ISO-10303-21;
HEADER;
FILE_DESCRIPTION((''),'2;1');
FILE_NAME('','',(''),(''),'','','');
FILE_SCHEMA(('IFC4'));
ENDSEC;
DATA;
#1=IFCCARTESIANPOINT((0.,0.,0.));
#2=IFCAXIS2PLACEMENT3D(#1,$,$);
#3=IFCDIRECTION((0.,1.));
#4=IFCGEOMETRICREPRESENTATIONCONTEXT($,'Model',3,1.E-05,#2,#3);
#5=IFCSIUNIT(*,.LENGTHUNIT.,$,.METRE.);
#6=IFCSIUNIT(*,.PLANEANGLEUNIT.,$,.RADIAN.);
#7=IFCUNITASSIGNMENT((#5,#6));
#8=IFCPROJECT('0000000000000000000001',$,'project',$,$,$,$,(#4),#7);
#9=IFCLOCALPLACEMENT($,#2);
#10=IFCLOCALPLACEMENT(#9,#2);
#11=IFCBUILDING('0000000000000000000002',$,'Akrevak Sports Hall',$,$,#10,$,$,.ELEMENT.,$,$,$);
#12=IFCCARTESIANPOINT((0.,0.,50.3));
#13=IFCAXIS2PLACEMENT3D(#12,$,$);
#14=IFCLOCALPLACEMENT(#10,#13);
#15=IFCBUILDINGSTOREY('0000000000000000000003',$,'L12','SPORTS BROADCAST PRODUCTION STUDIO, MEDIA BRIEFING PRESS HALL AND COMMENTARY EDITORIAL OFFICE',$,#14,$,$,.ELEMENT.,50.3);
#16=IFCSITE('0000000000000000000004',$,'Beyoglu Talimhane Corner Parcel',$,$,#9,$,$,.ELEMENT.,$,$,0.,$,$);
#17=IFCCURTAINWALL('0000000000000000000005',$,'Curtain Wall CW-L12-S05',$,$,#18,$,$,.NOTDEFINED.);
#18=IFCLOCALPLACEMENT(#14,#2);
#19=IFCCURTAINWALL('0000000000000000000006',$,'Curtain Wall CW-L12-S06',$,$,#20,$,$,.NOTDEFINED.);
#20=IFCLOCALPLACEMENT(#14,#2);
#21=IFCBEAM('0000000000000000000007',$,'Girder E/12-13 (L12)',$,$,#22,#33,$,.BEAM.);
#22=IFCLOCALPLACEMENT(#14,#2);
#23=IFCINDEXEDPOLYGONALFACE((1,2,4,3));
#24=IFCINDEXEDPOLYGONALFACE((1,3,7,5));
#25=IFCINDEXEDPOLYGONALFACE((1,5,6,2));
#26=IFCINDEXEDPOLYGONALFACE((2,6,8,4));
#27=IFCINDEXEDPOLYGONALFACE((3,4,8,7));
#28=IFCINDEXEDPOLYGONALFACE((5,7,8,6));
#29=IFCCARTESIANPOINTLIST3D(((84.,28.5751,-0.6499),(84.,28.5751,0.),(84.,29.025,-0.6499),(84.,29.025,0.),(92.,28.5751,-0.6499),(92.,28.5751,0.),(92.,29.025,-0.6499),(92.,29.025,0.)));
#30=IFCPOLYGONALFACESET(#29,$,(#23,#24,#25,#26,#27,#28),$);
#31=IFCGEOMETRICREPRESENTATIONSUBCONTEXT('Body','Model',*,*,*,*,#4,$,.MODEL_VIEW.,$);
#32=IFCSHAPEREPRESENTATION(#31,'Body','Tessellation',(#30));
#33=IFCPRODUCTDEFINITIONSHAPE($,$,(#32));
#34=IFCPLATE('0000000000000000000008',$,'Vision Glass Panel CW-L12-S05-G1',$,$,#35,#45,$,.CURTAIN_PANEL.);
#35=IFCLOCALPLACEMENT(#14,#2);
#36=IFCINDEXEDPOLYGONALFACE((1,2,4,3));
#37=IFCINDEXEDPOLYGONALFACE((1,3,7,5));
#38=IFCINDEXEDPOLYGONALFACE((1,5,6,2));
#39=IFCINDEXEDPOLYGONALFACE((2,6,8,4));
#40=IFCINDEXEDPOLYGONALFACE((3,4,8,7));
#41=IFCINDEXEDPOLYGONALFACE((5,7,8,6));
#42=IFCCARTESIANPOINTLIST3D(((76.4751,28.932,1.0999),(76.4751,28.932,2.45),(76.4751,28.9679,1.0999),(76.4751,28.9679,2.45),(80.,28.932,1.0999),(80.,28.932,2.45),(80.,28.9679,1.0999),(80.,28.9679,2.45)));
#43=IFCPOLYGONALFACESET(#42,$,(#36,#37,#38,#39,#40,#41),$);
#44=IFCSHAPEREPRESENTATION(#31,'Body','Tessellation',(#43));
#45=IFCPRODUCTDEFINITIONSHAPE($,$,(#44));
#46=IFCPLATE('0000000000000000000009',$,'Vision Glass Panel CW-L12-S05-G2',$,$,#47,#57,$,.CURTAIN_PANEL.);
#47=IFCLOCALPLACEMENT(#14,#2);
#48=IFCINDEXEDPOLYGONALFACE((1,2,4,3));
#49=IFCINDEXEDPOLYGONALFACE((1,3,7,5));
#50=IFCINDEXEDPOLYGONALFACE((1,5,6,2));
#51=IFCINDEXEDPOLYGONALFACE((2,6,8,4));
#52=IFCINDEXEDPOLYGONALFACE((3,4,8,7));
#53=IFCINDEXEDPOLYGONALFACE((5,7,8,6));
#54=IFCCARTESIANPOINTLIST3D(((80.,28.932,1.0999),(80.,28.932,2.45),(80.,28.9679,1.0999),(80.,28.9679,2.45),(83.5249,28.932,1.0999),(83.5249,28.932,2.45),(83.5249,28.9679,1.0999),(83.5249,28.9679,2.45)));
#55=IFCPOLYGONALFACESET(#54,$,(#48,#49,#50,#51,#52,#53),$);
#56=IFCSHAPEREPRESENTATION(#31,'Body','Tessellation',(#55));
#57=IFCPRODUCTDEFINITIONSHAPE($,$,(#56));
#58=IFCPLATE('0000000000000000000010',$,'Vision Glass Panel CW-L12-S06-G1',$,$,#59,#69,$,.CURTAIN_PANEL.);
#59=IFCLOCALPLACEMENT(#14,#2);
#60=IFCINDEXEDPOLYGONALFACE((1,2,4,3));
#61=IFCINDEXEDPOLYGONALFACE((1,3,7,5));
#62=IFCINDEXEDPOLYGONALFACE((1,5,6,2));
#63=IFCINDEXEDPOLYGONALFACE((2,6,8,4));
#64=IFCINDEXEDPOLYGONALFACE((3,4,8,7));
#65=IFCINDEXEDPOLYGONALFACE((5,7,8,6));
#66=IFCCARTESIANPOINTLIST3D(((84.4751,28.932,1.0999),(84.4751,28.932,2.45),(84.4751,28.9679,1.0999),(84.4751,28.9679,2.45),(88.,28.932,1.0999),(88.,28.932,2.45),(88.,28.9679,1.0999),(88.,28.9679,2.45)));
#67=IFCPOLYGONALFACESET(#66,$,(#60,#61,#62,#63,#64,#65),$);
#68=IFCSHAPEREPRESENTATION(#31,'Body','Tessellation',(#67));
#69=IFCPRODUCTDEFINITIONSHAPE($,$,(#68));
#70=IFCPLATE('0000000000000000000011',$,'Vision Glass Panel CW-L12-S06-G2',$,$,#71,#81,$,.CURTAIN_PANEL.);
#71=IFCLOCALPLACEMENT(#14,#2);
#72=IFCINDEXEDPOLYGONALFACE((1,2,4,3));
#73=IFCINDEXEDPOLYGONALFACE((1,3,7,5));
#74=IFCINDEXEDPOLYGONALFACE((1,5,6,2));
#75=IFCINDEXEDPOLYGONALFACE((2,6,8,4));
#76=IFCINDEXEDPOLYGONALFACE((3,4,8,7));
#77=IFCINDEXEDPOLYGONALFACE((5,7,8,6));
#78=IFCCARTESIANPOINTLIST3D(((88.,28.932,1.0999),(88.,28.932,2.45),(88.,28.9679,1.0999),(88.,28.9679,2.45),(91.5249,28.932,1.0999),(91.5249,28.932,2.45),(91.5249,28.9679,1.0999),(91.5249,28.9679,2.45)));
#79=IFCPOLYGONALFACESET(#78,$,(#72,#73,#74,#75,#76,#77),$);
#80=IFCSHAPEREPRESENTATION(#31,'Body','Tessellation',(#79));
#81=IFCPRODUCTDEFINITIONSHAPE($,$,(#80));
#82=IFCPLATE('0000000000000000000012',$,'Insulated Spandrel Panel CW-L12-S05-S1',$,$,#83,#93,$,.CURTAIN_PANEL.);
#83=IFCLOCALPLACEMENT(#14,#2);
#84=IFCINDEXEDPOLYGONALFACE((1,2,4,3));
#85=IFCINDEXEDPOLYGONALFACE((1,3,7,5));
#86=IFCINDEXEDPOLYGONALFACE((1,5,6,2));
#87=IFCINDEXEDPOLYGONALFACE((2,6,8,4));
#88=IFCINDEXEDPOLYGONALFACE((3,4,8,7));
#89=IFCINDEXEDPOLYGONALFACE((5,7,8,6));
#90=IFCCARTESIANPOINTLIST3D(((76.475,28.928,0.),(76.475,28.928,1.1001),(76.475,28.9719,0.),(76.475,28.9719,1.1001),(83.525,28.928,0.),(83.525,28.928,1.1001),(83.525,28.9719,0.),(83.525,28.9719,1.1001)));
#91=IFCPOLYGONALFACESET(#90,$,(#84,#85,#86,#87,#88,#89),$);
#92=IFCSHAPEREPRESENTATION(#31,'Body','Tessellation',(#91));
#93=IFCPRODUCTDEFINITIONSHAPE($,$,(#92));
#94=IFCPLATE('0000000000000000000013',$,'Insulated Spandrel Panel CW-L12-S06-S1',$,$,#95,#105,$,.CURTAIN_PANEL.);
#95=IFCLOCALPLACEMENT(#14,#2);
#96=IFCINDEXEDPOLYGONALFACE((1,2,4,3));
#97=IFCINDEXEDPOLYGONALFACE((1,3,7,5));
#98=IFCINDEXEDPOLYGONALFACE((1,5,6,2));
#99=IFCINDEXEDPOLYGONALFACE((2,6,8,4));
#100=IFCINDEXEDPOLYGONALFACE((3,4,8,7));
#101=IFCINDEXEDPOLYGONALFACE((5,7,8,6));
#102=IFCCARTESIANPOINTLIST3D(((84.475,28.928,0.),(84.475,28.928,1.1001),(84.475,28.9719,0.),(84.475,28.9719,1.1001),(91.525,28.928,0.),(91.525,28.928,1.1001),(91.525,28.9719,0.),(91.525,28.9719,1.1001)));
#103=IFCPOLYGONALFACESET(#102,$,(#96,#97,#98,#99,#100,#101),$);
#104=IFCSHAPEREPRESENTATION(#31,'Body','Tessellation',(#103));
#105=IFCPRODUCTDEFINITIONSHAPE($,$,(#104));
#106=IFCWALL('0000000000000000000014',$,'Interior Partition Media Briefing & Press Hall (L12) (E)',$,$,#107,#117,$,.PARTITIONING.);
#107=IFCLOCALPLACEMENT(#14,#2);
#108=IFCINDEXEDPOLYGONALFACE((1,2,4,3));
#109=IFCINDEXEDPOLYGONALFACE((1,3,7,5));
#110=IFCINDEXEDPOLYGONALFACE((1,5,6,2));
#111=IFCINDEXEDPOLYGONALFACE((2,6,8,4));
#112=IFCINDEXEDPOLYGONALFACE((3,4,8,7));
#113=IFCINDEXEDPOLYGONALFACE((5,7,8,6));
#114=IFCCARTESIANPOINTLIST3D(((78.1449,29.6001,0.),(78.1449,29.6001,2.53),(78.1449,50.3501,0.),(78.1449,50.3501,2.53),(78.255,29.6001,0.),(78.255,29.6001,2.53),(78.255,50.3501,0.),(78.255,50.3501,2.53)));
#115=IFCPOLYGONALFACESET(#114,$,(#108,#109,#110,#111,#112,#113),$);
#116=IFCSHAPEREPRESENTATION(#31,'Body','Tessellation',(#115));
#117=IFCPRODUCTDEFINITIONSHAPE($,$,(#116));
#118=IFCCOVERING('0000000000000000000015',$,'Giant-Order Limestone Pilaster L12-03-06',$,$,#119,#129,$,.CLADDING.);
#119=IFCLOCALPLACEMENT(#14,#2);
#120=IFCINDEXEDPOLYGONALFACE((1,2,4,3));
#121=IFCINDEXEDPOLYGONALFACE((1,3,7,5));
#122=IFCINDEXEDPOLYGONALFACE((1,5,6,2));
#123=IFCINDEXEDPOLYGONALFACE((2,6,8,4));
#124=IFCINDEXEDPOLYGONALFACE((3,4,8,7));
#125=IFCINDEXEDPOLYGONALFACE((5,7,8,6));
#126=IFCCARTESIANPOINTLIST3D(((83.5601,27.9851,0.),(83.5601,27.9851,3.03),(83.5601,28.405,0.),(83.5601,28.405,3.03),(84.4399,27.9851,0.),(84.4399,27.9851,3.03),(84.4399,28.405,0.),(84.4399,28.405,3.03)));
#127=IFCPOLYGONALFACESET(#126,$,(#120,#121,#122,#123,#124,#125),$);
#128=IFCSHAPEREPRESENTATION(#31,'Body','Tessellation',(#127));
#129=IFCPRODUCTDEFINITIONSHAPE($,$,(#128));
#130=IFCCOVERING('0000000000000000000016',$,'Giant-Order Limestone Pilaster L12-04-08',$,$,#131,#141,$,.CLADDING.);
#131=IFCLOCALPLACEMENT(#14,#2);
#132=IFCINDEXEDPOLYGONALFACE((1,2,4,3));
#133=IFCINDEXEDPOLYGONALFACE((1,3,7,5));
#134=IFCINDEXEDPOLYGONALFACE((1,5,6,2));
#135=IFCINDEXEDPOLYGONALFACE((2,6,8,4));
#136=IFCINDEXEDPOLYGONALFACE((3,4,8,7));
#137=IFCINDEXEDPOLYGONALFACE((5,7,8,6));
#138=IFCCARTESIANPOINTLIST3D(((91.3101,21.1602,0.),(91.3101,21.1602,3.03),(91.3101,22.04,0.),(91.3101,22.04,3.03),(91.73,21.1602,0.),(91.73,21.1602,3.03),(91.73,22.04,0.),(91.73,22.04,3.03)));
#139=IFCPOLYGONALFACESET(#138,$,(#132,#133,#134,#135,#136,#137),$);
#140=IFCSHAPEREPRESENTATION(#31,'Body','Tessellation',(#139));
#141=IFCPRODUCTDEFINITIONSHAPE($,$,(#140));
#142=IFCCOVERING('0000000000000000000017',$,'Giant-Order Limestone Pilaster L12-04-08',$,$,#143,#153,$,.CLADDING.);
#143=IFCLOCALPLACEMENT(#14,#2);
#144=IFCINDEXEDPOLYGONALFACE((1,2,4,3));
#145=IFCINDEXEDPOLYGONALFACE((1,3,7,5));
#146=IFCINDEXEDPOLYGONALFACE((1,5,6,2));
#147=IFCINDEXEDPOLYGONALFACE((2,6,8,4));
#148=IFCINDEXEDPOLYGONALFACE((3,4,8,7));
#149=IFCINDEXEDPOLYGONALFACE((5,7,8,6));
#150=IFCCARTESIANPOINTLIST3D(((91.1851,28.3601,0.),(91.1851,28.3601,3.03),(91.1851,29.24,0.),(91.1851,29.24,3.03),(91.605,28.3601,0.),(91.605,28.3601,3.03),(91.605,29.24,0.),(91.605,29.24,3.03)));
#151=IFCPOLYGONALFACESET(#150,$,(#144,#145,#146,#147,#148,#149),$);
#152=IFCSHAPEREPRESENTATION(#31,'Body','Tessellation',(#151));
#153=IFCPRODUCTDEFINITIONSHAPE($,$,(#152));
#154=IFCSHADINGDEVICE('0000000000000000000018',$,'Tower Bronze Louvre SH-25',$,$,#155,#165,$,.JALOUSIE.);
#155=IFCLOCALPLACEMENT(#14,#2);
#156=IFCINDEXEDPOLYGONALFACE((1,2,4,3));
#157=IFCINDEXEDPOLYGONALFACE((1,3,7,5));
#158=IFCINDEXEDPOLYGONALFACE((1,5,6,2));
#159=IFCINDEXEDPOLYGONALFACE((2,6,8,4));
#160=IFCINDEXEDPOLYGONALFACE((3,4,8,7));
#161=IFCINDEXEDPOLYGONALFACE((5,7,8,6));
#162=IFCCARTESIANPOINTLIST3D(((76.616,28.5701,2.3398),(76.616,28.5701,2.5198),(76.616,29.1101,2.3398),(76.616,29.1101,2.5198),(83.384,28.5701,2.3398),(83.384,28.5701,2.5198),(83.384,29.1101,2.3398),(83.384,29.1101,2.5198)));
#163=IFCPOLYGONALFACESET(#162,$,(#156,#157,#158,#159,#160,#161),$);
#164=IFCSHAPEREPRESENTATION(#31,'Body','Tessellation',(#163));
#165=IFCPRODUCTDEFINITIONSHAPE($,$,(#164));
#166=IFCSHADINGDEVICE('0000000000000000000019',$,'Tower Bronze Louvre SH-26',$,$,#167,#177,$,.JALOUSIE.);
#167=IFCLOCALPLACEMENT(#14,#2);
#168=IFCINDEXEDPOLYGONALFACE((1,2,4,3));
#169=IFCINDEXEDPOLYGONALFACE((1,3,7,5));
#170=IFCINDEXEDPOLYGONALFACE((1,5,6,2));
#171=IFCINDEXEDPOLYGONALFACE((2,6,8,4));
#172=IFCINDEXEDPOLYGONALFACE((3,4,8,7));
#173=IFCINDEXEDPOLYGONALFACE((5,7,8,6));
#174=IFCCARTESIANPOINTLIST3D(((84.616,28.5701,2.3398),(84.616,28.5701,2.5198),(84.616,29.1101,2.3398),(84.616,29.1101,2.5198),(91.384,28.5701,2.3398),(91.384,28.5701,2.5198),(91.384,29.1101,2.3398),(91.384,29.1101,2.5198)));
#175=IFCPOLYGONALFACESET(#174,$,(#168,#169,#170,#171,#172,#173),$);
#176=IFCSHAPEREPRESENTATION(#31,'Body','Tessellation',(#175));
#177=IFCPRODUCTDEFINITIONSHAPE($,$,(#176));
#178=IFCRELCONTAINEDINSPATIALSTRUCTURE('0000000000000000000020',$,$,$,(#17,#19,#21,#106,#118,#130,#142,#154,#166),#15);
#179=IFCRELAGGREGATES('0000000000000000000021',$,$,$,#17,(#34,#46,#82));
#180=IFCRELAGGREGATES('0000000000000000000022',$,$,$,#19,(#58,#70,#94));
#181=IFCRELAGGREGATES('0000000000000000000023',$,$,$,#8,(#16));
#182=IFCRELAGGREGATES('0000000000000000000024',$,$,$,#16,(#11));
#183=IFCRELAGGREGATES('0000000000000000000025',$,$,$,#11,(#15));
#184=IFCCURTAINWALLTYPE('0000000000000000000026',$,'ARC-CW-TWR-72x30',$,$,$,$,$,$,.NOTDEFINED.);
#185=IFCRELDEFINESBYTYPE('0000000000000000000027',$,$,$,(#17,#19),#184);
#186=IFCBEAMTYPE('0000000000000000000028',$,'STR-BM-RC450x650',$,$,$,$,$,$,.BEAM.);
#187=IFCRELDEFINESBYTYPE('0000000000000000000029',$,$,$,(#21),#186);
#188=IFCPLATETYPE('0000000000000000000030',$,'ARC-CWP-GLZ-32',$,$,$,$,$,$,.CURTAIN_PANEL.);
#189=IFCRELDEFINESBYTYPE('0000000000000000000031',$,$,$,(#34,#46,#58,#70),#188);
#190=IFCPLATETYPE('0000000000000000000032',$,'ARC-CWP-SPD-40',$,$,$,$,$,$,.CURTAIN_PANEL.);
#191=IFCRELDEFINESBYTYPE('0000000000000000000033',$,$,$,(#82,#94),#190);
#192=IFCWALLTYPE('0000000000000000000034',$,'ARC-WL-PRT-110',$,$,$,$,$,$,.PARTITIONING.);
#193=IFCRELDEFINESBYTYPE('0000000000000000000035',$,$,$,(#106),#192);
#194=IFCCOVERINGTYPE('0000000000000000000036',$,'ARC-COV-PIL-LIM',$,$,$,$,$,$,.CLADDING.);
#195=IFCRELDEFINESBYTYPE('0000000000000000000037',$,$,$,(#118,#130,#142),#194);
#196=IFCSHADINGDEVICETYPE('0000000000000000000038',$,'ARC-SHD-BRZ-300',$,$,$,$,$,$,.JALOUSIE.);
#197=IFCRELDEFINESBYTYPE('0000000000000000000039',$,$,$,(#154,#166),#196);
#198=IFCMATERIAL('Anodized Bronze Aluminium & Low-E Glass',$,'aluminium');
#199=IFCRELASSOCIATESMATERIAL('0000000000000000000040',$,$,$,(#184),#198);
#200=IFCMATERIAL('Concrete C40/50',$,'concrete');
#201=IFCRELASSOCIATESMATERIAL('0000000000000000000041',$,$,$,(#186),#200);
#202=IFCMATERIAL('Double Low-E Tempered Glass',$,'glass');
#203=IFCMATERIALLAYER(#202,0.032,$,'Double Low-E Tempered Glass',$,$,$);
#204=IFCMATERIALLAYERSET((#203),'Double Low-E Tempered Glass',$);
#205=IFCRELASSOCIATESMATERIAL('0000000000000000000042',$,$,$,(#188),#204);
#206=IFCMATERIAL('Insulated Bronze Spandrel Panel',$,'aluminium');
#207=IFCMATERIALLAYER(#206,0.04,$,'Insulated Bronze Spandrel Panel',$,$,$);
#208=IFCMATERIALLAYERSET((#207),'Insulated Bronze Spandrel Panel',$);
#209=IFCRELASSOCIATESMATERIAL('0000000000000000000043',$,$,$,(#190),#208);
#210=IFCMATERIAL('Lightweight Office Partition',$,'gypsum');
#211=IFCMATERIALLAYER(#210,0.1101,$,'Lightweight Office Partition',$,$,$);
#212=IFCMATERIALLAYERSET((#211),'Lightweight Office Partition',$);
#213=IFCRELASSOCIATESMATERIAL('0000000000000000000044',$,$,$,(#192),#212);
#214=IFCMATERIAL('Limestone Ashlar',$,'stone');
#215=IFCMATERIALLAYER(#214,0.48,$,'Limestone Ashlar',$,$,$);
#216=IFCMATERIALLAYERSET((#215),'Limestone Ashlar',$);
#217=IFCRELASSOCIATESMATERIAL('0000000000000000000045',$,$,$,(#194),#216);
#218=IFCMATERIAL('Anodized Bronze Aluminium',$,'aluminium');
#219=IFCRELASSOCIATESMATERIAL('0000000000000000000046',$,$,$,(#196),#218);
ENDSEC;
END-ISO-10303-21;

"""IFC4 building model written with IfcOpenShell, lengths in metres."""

from ifc_helpers import new_model, si_unit, direction, frame, frame_2d, origin, origin_2d, place, context, subcontext, project, spatial, rectangle, extrude, material, layer, layer_set, material_profile, profile_set, type_object, element, aggregate, save


model = new_model("IFC4")

# Units and contexts
model_context = context("Model", 3, precision=1e-05, world=origin(), true_north=direction((0.0, 1.0)))
body_context = subcontext(model_context, "Body", "Model", "MODEL_VIEW")
ifc_project = project(units=[si_unit("LENGTHUNIT", "METRE"), si_unit("PLANEANGLEUNIT", "RADIAN")], contexts=[model_context])

# Site, building, storey
site_placement = place(None, origin())
site = spatial("IfcSite", under=ifc_project, at=site_placement, Name="Beyoglu Talimhane Corner Parcel", CompositionType="ELEMENT", RefElevation=0.0)
building_placement = place(site_placement, origin())
building = spatial("IfcBuilding", under=site, at=building_placement, Name="Akrevak Sports Hall", CompositionType="ELEMENT")
storey_placement = place(building_placement, frame((0.0, 0.0, 50.3)))
storey = spatial("IfcBuildingStorey", under=building, at=storey_placement, Name="L12", Description="SPORTS BROADCAST PRODUCTION STUDIO, MEDIA BRIEFING PRESS HALL AND COMMENTARY EDITORIAL OFFICE", CompositionType="ELEMENT", Elevation=50.3)

# Curtain walls
ifc_material_1 = material(Name="Anodized Bronze Aluminium & Low-E Glass", Category="aluminium")
curtain_wall_type = type_object("IfcCurtainWallType", Name="ARC-CW-TWR-72x30", PredefinedType="NOTDEFINED", material=ifc_material_1)
curtain_wall_1_placement = place(storey_placement, origin())
curtain_wall_1 = element("IfcCurtainWall", 1, at=curtain_wall_1_placement, inside=storey, type_object=curtain_wall_type, Name="Curtain Wall CW-L12-S05", PredefinedType="NOTDEFINED")
ifc_material_2 = material(Name="Anodized Bronze Aluminium", Category="aluminium")
curtain_wall_2_placement = place(storey_placement, origin())
curtain_wall_2 = element("IfcCurtainWall", 2, at=curtain_wall_2_placement, inside=storey, type_object=curtain_wall_type, Name="Curtain Wall CW-L12-S06", PredefinedType="NOTDEFINED")

# Beam
ifc_material_3 = material(Name="Concrete C40/50", Category="concrete")
ifc_material_profile_1 = material_profile(ifc_material_3, rectangle(XDim=0.45, YDim=0.6499, at=origin_2d()), Name="BM 450x650", Category="concrete")
ifc_profile_set_1 = profile_set([ifc_material_profile_1], Name="Concrete C40/50")
beam_type = type_object("IfcBeamType", Name="STR-BM-RC450x650", PredefinedType="BEAM", material=ifc_profile_set_1)
beam_placement = place(storey_placement, frame((84.0, 28.8, -0.325), z_axis=(1.0, 0.0, 0.0), x_axis=(0.0, 1.0, 0.0)))
element("IfcBeam", 3, at=beam_placement, inside=storey, type_object=beam_type, Name="Girder E/12-13 (L12)", PredefinedType="BEAM", context=body_context, shape_type="SweptSolid", body=[
    extrude(rectangle(XDim=0.45, YDim=0.6499, at=origin_2d()), origin(), (0.0, 0.0, 1.0), 8.0),
])

# Plates
ifc_material_4 = material(Name="Double Low-E Tempered Glass", Category="glass")
ifc_layer_1 = layer(ifc_material_4, 0.032, Name="Double Low-E Tempered Glass")
ifc_layer_set_1 = layer_set([ifc_layer_1], Name="Double Low-E Tempered Glass")
plate_type_1 = type_object("IfcPlateType", Name="ARC-CWP-GLZ-32", PredefinedType="CURTAIN_PANEL", material=ifc_layer_set_1)
plate_1_placement = place(storey_placement, frame((78.2375, 28.95, 1.0999), z_axis=(0.0, 0.0, 1.0), x_axis=(1.0, 0.0, 0.0)))
plate_1 = element("IfcPlate", 4, at=plate_1_placement, type_object=plate_type_1, Name="Vision Glass Panel CW-L12-S05-G1", PredefinedType="CURTAIN_PANEL", context=body_context, shape_type="SweptSolid", body=[
    extrude(rectangle(XDim=3.5249, YDim=0.0359, at=origin_2d()), origin(), (0.0, 0.0, 1.0), 1.3501),
])
plate_2_placement = place(storey_placement, frame((81.7625, 28.95, 1.0999), z_axis=(0.0, 0.0, 1.0), x_axis=(1.0, 0.0, 0.0)))
plate_2 = element("IfcPlate", 5, at=plate_2_placement, type_object=plate_type_1, Name="Vision Glass Panel CW-L12-S05-G2", PredefinedType="CURTAIN_PANEL", context=body_context, shape_type="SweptSolid", body=[
    extrude(rectangle(XDim=3.5249, YDim=0.0359, at=origin_2d()), origin(), (0.0, 0.0, 1.0), 1.3501),
])
plate_3_placement = place(storey_placement, frame((86.2375, 28.95, 1.0999), z_axis=(0.0, 0.0, 1.0), x_axis=(1.0, 0.0, 0.0)))
plate_3 = element("IfcPlate", 6, at=plate_3_placement, type_object=plate_type_1, Name="Vision Glass Panel CW-L12-S06-G1", PredefinedType="CURTAIN_PANEL", context=body_context, shape_type="SweptSolid", body=[
    extrude(rectangle(XDim=3.5249, YDim=0.0359, at=origin_2d()), origin(), (0.0, 0.0, 1.0), 1.3501),
])
plate_4_placement = place(storey_placement, frame((89.7625, 28.95, 1.0999), z_axis=(0.0, 0.0, 1.0), x_axis=(1.0, 0.0, 0.0)))
plate_4 = element("IfcPlate", 7, at=plate_4_placement, type_object=plate_type_1, Name="Vision Glass Panel CW-L12-S06-G2", PredefinedType="CURTAIN_PANEL", context=body_context, shape_type="SweptSolid", body=[
    extrude(rectangle(XDim=3.5249, YDim=0.0359, at=origin_2d()), origin(), (0.0, 0.0, 1.0), 1.3501),
])
ifc_material_5 = material(Name="Insulated Bronze Spandrel Panel", Category="aluminium")
ifc_layer_2 = layer(ifc_material_5, 0.04, Name="Insulated Bronze Spandrel Panel")
ifc_layer_set_2 = layer_set([ifc_layer_2], Name="Insulated Bronze Spandrel Panel")
plate_type_2 = type_object("IfcPlateType", Name="ARC-CWP-SPD-40", PredefinedType="CURTAIN_PANEL", material=ifc_layer_set_2)
plate_5_placement = place(storey_placement, frame((80.0, 28.95, 0.0), z_axis=(0.0, 0.0, 1.0), x_axis=(1.0, 0.0, 0.0)))
plate_5 = element("IfcPlate", 8, at=plate_5_placement, type_object=plate_type_2, Name="Insulated Spandrel Panel CW-L12-S05-S1", PredefinedType="CURTAIN_PANEL", context=body_context, shape_type="SweptSolid", body=[
    extrude(rectangle(XDim=7.05, YDim=0.0439, at=origin_2d()), origin(), (0.0, 0.0, 1.0), 1.1001),
])
aggregate(curtain_wall_1, [plate_1, plate_2, plate_5])
plate_6_placement = place(storey_placement, frame((88.0, 28.95, 0.0), z_axis=(0.0, 0.0, 1.0), x_axis=(1.0, 0.0, 0.0)))
plate_6 = element("IfcPlate", 9, at=plate_6_placement, type_object=plate_type_2, Name="Insulated Spandrel Panel CW-L12-S06-S1", PredefinedType="CURTAIN_PANEL", context=body_context, shape_type="SweptSolid", body=[
    extrude(rectangle(XDim=7.05, YDim=0.0439, at=origin_2d()), origin(), (0.0, 0.0, 1.0), 1.1001),
])
aggregate(curtain_wall_2, [plate_3, plate_4, plate_6])

# Wall
ifc_material_6 = material(Name="Lightweight Office Partition", Category="gypsum")
ifc_layer_3 = layer(ifc_material_6, 0.1101, Name="Lightweight Office Partition")
ifc_layer_set_3 = layer_set([ifc_layer_3], Name="Lightweight Office Partition")
wall_type = type_object("IfcWallType", Name="ARC-WL-PRT-110", PredefinedType="PARTITIONING", material=ifc_layer_set_3)
wall_placement = place(storey_placement, frame((78.2, 29.6001, 0.0), z_axis=(0.0, 0.0, 1.0), x_axis=(0.0, 1.0, 0.0)))
element("IfcWall", 10, at=wall_placement, inside=storey, type_object=wall_type, Name="Interior Partition Media Briefing & Press Hall (L12) (E)", PredefinedType="PARTITIONING", context=body_context, shape_type="SweptSolid", body=[
    extrude(rectangle(XDim=20.75, YDim=0.1101, at=frame_2d((10.375, 0.0))), origin(), (0.0, 0.0, 1.0), 2.53),
])

# Coverings
ifc_material_7 = material(Name="Limestone Ashlar", Category="stone")
ifc_layer_4 = layer(ifc_material_7, 0.48, Name="Limestone Ashlar")
ifc_layer_set_4 = layer_set([ifc_layer_4], Name="Limestone Ashlar")
covering_type = type_object("IfcCoveringType", Name="ARC-COV-PIL-LIM", PredefinedType="CLADDING", material=ifc_layer_set_4)
for number, where, z_axis, x_axis, name in (
    (11, (84.0, 28.1951, 0.0), (0.0, 0.0, 1.0), (1.0, 0.0, 0.0), "Giant-Order Limestone Pilaster L12-03-06"),
    (12, (91.52, 21.6001, 0.0), (0.0, 0.0, 1.0), (0.0, -1.0, 0.0), "Giant-Order Limestone Pilaster L12-04-08"),
    (13, (91.395, 28.8, 0.0), (0.0, 0.0, 1.0), (0.0, -1.0, 0.0), "Giant-Order Limestone Pilaster L12-04-08"),
):
    element("IfcCovering", number, at=place(storey_placement, frame(where, z_axis=z_axis, x_axis=x_axis)), inside=storey, type_object=covering_type, Name=name, PredefinedType="CLADDING", context=body_context, shape_type="SweptSolid", body=[
        extrude(rectangle(XDim=0.8799, YDim=0.4199, at=origin_2d()), origin(), (0.0, 0.0, 1.0), 3.03),
    ])

# Shading devices
shading_device_type = type_object("IfcShadingDeviceType", Name="ARC-SHD-BRZ-300", PredefinedType="JALOUSIE", material=ifc_material_2)
for number, where, z_axis, x_axis, name in (
    (14, (80.0, 28.8401, 2.3398), (0.0, 0.0, 1.0), (1.0, 0.0, 0.0), "Tower Bronze Louvre SH-25"),
    (15, (88.0, 28.8401, 2.3398), (0.0, 0.0, 1.0), (1.0, 0.0, 0.0), "Tower Bronze Louvre SH-26"),
):
    element("IfcShadingDevice", number, at=place(storey_placement, frame(where, z_axis=z_axis, x_axis=x_axis)), inside=storey, type_object=shading_device_type, Name=name, PredefinedType="JALOUSIE", context=body_context, shape_type="SweptSolid", body=[
        extrude(rectangle(XDim=6.7681, YDim=0.54, at=origin_2d()), origin(), (0.0, 0.0, 1.0), 0.1799),
    ])

save(model, "model.ifc")
